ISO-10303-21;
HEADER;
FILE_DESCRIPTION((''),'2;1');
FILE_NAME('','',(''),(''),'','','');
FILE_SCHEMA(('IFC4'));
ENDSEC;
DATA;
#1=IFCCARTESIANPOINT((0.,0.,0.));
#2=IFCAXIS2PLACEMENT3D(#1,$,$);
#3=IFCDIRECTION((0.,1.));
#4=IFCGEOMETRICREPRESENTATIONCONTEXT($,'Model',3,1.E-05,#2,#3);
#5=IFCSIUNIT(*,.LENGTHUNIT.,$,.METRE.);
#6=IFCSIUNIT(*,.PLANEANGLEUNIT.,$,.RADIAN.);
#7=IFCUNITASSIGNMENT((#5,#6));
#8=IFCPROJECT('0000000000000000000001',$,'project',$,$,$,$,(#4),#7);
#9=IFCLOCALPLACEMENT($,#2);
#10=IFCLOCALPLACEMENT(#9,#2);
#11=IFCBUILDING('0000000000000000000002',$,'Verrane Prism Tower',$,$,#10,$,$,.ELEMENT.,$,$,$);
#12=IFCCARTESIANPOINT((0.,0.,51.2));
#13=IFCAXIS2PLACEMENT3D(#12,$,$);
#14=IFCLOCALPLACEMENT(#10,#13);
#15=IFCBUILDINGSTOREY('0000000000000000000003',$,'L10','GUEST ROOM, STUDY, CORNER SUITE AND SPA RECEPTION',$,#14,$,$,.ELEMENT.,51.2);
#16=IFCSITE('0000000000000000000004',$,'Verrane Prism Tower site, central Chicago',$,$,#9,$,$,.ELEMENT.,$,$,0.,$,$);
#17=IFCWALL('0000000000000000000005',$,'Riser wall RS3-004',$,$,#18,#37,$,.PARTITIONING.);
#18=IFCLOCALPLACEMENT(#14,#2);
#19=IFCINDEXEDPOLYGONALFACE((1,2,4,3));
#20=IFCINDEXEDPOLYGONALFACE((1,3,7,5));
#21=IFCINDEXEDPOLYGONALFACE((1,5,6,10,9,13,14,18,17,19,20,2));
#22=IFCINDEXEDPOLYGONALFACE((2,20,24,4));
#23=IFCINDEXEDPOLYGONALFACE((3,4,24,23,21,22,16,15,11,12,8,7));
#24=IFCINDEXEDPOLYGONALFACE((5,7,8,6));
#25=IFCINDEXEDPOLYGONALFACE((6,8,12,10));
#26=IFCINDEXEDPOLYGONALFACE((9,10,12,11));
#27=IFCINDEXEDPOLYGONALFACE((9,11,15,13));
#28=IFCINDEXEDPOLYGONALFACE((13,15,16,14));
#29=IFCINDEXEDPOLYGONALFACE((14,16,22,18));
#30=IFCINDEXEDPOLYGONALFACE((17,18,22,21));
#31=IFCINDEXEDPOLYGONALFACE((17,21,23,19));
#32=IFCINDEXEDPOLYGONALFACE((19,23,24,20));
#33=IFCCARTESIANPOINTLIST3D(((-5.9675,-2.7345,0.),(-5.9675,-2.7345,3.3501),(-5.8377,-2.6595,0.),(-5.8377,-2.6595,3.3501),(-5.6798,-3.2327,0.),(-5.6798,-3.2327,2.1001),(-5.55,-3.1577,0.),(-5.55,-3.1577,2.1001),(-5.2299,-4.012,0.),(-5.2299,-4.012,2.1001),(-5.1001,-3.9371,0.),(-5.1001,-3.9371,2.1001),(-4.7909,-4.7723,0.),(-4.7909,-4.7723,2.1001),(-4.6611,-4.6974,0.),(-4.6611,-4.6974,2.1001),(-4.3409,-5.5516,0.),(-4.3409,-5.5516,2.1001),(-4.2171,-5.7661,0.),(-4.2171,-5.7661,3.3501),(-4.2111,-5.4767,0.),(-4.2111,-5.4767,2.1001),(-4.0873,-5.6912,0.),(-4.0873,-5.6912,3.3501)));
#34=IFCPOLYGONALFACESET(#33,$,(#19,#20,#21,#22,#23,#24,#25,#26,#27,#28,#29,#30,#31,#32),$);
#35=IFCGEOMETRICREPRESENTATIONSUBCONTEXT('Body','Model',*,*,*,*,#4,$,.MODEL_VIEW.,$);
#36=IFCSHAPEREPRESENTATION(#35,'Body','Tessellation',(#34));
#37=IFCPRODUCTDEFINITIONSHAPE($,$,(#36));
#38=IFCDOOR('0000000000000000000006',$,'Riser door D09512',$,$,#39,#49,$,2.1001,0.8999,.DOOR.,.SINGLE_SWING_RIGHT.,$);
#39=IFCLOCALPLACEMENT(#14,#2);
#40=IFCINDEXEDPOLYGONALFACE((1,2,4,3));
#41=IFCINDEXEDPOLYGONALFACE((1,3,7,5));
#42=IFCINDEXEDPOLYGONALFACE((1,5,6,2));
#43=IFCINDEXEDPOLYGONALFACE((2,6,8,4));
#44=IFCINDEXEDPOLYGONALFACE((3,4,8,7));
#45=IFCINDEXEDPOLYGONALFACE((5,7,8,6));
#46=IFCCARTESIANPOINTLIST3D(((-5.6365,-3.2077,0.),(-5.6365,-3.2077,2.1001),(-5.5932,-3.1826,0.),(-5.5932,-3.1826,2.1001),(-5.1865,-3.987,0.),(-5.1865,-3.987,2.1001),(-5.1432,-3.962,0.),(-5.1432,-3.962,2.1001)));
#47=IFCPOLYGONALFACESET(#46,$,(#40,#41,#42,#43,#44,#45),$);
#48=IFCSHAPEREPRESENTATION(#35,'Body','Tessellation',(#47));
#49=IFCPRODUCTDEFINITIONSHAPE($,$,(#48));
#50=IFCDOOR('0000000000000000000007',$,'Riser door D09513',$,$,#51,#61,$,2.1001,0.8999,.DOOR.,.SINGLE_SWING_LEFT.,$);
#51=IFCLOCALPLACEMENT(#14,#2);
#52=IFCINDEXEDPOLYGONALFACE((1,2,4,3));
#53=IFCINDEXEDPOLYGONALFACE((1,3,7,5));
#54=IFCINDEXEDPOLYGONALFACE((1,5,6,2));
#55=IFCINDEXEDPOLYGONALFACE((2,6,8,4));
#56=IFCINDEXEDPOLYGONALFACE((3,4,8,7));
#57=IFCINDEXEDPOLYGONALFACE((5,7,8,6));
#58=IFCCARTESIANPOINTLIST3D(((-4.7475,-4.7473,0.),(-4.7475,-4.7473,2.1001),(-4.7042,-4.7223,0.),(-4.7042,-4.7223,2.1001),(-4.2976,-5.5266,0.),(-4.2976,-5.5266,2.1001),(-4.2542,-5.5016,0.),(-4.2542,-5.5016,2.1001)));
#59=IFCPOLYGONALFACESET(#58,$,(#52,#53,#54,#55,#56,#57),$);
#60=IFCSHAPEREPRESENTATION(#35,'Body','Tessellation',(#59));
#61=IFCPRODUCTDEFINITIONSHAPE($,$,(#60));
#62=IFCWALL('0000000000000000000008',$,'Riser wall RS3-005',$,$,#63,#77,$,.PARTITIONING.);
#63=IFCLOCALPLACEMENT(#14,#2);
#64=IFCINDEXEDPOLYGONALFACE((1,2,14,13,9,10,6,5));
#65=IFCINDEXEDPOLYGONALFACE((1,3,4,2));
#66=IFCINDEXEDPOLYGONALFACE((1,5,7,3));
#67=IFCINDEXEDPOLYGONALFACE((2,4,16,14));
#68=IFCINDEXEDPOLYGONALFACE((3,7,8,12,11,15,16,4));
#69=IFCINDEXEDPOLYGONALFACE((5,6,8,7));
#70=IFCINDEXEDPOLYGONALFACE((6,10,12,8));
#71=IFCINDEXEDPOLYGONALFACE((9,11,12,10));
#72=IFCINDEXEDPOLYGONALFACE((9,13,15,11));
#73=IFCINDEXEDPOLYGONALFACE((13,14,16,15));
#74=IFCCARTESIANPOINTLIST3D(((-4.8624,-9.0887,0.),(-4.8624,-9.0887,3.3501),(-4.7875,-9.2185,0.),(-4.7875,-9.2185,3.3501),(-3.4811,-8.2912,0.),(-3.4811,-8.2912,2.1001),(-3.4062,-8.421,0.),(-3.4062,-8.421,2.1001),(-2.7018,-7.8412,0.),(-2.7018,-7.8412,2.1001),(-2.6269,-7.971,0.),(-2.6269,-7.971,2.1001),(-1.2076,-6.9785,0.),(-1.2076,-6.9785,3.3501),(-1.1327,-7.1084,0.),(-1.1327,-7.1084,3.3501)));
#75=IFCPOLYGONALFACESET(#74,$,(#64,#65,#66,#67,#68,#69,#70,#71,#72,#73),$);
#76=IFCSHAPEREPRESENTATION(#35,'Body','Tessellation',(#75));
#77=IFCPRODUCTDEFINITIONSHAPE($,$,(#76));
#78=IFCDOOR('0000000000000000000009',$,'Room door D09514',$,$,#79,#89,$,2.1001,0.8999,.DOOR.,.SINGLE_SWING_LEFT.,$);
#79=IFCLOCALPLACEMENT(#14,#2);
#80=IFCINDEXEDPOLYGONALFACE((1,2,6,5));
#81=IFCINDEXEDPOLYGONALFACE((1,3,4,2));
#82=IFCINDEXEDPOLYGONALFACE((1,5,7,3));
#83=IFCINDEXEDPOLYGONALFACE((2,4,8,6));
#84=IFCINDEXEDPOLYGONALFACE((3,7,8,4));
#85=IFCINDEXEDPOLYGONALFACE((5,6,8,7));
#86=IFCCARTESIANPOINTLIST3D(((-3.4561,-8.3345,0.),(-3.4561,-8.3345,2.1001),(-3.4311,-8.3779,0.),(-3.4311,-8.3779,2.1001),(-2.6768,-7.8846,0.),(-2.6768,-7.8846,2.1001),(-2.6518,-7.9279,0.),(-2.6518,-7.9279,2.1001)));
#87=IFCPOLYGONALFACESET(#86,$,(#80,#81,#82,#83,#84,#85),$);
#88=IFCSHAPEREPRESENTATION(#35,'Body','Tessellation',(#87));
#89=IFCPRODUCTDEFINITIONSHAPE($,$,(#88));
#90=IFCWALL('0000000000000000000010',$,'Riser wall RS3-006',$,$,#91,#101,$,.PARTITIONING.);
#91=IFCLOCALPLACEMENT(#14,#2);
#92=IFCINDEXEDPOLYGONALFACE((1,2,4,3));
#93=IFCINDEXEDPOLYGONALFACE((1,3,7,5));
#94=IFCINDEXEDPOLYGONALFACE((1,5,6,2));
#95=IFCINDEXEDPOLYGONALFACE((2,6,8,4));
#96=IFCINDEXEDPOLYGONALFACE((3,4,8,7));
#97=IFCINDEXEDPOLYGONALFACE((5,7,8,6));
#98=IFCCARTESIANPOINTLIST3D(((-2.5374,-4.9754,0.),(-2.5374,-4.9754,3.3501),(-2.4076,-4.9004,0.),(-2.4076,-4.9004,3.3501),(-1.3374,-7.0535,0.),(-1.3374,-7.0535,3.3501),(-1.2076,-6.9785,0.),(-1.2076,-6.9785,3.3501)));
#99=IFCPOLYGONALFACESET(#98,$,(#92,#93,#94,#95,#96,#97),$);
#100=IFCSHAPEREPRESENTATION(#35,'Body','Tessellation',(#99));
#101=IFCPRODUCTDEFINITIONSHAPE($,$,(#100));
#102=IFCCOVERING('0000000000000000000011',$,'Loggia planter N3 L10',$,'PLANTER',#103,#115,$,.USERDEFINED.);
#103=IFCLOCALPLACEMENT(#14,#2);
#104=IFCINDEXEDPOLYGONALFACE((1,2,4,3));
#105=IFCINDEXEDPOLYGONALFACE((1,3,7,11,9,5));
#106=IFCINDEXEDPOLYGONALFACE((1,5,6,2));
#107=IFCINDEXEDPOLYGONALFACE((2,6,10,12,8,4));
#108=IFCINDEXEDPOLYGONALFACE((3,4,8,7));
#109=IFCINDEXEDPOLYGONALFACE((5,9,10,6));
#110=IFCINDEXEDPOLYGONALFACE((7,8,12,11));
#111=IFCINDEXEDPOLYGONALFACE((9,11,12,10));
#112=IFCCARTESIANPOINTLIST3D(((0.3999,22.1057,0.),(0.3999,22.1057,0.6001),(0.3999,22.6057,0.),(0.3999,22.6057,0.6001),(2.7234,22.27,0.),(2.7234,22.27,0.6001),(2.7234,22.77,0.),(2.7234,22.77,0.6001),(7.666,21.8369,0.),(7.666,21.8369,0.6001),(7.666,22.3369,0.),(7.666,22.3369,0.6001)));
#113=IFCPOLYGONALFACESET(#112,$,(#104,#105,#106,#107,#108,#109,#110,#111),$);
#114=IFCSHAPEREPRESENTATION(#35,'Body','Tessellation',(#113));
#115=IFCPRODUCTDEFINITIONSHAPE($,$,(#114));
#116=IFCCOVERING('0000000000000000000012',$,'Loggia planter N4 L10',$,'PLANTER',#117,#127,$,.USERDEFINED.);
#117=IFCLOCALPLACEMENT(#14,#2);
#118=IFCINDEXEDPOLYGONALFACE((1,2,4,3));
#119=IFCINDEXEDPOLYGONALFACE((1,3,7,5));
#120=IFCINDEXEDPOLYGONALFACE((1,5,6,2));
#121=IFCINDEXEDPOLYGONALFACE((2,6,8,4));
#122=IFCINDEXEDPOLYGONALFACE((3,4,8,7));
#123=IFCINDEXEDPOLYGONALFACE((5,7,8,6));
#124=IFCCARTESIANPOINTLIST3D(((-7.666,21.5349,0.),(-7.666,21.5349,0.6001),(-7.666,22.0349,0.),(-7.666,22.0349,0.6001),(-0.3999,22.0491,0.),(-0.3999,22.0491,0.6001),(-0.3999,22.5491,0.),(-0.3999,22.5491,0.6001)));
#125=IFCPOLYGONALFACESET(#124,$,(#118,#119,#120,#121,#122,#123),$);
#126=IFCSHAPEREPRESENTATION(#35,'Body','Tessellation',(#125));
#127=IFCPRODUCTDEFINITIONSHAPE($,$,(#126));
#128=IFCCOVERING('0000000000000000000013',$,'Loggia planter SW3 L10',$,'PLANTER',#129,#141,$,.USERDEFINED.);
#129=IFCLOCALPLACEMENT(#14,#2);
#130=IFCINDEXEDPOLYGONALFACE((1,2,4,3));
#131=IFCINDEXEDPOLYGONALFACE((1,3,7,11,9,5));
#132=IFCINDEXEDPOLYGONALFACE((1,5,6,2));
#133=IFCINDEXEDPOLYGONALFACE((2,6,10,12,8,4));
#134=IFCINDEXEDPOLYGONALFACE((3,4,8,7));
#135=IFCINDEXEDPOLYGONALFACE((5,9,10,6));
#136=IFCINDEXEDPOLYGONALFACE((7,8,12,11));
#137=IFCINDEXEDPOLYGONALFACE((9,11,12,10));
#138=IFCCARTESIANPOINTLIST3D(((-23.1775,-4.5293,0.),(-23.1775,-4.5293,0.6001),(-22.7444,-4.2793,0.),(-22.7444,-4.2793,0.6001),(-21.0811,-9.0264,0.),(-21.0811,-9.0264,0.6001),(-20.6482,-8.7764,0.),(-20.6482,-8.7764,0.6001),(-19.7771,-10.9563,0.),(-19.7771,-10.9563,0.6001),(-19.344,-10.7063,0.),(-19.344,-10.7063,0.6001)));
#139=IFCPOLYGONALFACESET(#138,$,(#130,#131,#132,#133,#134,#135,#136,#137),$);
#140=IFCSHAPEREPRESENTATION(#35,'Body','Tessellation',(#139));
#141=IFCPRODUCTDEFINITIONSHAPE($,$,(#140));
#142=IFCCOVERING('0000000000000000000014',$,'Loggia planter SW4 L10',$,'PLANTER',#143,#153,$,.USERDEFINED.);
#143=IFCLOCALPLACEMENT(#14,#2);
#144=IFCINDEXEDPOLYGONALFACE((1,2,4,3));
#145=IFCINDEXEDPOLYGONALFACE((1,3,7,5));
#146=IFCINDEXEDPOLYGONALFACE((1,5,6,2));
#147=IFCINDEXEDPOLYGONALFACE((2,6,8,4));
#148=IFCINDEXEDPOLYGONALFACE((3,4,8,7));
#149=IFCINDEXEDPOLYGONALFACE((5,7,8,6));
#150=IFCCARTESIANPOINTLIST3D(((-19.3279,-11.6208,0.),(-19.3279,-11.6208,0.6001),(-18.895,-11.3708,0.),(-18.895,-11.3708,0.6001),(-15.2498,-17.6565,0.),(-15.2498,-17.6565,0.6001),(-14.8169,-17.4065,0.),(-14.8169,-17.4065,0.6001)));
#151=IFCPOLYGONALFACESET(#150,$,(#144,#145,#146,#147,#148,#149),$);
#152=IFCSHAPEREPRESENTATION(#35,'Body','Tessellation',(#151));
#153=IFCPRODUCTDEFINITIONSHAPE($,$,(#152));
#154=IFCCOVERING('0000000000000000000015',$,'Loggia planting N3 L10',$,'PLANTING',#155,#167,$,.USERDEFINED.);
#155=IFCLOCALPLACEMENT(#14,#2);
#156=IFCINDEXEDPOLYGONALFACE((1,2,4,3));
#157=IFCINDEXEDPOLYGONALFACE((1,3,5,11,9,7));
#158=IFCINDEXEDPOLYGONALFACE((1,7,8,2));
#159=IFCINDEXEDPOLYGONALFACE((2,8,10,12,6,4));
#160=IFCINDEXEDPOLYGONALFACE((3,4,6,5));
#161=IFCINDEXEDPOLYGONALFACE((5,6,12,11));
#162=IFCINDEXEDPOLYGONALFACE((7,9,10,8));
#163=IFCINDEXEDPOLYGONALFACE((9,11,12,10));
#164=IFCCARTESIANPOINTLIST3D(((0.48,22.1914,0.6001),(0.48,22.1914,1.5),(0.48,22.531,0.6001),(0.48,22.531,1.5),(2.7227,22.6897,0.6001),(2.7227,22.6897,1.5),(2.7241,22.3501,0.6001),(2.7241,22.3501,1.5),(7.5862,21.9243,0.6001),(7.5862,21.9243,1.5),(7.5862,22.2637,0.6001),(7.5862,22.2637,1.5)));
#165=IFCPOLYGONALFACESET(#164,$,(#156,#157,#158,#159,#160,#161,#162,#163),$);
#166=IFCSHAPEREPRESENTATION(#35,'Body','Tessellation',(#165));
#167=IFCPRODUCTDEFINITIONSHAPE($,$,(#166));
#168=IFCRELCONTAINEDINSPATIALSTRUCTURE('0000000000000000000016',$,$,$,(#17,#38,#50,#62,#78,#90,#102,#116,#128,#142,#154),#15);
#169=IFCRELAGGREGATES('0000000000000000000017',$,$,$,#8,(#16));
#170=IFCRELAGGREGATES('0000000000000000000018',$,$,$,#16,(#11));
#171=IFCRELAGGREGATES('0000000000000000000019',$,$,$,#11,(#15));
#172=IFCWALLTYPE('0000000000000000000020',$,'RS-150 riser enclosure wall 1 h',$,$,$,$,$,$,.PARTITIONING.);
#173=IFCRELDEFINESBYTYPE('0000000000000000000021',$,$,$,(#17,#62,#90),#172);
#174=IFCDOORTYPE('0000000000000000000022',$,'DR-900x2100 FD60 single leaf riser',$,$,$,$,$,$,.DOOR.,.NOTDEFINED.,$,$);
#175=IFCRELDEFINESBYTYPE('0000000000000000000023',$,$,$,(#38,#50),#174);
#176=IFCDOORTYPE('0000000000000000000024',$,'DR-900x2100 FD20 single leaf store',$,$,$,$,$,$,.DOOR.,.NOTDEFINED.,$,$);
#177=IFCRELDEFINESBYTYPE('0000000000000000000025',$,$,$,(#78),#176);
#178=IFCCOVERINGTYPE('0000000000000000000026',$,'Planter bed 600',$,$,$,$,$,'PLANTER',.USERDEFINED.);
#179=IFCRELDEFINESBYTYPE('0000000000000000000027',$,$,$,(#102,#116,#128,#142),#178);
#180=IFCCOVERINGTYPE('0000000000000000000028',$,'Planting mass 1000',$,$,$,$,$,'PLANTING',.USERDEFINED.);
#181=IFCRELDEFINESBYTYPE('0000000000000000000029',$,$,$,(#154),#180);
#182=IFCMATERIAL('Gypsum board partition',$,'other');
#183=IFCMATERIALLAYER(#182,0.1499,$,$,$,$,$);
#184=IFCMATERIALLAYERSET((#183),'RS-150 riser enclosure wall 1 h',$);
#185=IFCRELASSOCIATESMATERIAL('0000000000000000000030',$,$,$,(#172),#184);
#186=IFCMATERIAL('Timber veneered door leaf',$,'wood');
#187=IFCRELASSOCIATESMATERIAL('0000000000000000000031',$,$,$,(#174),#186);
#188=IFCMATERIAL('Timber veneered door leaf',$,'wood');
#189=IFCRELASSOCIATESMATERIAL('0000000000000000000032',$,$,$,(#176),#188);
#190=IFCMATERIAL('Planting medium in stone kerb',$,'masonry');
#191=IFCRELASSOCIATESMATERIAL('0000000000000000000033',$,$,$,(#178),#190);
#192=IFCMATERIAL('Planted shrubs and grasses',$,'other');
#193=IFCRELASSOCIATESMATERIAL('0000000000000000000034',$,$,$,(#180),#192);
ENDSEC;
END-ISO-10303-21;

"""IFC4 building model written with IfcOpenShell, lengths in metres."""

from ifc_helpers import new_model, si_unit, direction, frame, frame_2d, origin, place, context, subcontext, project, spatial, polyline, rectangle, outline, extrude, material, layer, layer_set, type_object, element, fill, save


model = new_model("IFC4")

# Units and contexts
model_context = context("Model", 3, precision=1e-05, world=origin(), true_north=direction((0.0, 1.0)))
body_context = subcontext(model_context, "Body", "Model", "MODEL_VIEW")
ifc_project = project(units=[si_unit("LENGTHUNIT", "METRE"), si_unit("PLANEANGLEUNIT", "RADIAN")], contexts=[model_context])

# Site, building, storey
site_placement = place(None, origin())
site = spatial("IfcSite", under=ifc_project, at=site_placement, Name="Verrane Prism Tower site, central Chicago", CompositionType="ELEMENT", RefElevation=0.0)
building_placement = place(site_placement, origin())
building = spatial("IfcBuilding", under=site, at=building_placement, Name="Verrane Prism Tower", CompositionType="ELEMENT")
storey_placement = place(building_placement, frame((0.0, 0.0, 51.2)))
storey = spatial("IfcBuildingStorey", under=building, at=storey_placement, Name="L10", Description="GUEST ROOM, STUDY, CORNER SUITE AND SPA RECEPTION", CompositionType="ELEMENT", Elevation=51.2)

# Shared definitions
ifc_material_1 = material(Name="Gypsum board partition", Category="other")
ifc_layer_1 = layer(ifc_material_1, 0.1499)
ifc_layer_set_1 = layer_set([ifc_layer_1], Name="RS-150 riser enclosure wall 1 h")
wall_type_1 = type_object("IfcWallType", Name="RS-150 riser enclosure wall 1 h", PredefinedType="PARTITIONING", material=ifc_layer_set_1)

# Wall, openings, doors
wall_1_placement = place(storey_placement, frame((-4.1521, -5.7288, 0.0), z_axis=(0.0, 0.0, 1.0), x_axis=(-0.500024, 0.866011, 0.0)))
wall_1 = element("IfcWall", 1, at=wall_1_placement, inside=storey, type_object=wall_type_1, Name="Riser wall RS3-004", PredefinedType="PARTITIONING", context=body_context, shape_type="SweptSolid", body=[
    extrude(rectangle(XDim=3.5007, YDim=0.1499, at=frame_2d((1.7505, 0.0))), origin(), (0.0, 0.0, 1.0), 3.3501),
])
opening_1_placement = place(wall_1_placement, frame((2.0256, 0.0, 0.0)))
opening_1 = element("IfcOpeningElement", 2, at=opening_1_placement, cuts=wall_1, PredefinedType="OPENING", context=body_context, shape_type="SweptSolid", body=[
    extrude(rectangle(XDim=0.8999, YDim=2.1001, at=frame_2d((0.45, 1.05))), frame((0.0, 0.085, 0.0), z_axis=(0.0, -1.0, 0.0), x_axis=(1.0, 0.0, 0.0)), (0.0, 0.0, 1.0), 0.1699),
])
opening_2_placement = place(wall_1_placement, frame((0.2478, 0.0, 0.0)))
opening_2 = element("IfcOpeningElement", 3, at=opening_2_placement, cuts=wall_1, PredefinedType="OPENING", context=body_context, shape_type="SweptSolid", body=[
    extrude(rectangle(XDim=0.8999, YDim=2.1001, at=frame_2d((0.45, 1.05))), frame((0.0, 0.085, 0.0), z_axis=(0.0, -1.0, 0.0), x_axis=(1.0, 0.0, 0.0)), (0.0, 0.0, 1.0), 0.1699),
])
ifc_material_2 = material(Name="Timber veneered door leaf", Category="wood")
door_type_1 = type_object("IfcDoorType", Name="DR-900x2100 FD60 single leaf riser", OperationType="NOTDEFINED", PredefinedType="DOOR", material=ifc_material_2)
door_1_placement = place(opening_1_placement, origin())
door_1 = element("IfcDoor", 4, at=door_1_placement, inside=storey, type_object=door_type_1, Name="Riser door D09512", OperationType="SINGLE_SWING_RIGHT", OverallHeight=2.1001, OverallWidth=0.8999, PredefinedType="DOOR", context=body_context, shape_type="SweptSolid", body=[
    extrude(rectangle(XDim=0.8999, YDim=2.1001, at=frame_2d((0.45, 1.05))), frame((0.0, 0.0249, 0.0), z_axis=(0.0, -1.0, 0.0), x_axis=(1.0, 0.0, 0.0)), (0.0, 0.0, 1.0), 0.05),
])
fill(opening_1, door_1)
door_2_placement = place(opening_2_placement, origin())
door_2 = element("IfcDoor", 5, at=door_2_placement, inside=storey, type_object=door_type_1, Name="Riser door D09513", OperationType="SINGLE_SWING_LEFT", OverallHeight=2.1001, OverallWidth=0.8999, PredefinedType="DOOR", context=body_context, shape_type="SweptSolid", body=[
    extrude(rectangle(XDim=0.8999, YDim=2.1001, at=frame_2d((0.45, 1.05))), frame((0.0, 0.0249, 0.0), z_axis=(0.0, -1.0, 0.0), x_axis=(1.0, 0.0, 0.0)), (0.0, 0.0, 1.0), 0.05),
])
fill(opening_2, door_2)

# Wall, opening, door
wall_2_placement = place(storey_placement, frame((-4.825, -9.1536, 0.0), z_axis=(0.0, 0.0, 1.0), x_axis=(0.866024, 0.500003, 0.0)))
wall_2 = element("IfcWall", 6, at=wall_2_placement, inside=storey, type_object=wall_type_1, Name="Riser wall RS3-005", PredefinedType="PARTITIONING", context=body_context, shape_type="SweptSolid", body=[
    extrude(rectangle(XDim=4.2202, YDim=0.1499, at=frame_2d((2.1101, 0.0))), origin(), (0.0, 0.0, 1.0), 3.3501),
])
opening_3_placement = place(wall_2_placement, frame((1.595, 0.0, 0.0)))
opening_3 = element("IfcOpeningElement", 7, at=opening_3_placement, cuts=wall_2, PredefinedType="OPENING", context=body_context, shape_type="SweptSolid", body=[
    extrude(rectangle(XDim=0.8999, YDim=2.1001, at=frame_2d((0.45, 1.05))), frame((0.0, 0.085, 0.0), z_axis=(0.0, -1.0, 0.0), x_axis=(1.0, 0.0, 0.0)), (0.0, 0.0, 1.0), 0.1699),
])
ifc_material_3 = material(Name="Timber veneered door leaf", Category="wood")
door_type_2 = type_object("IfcDoorType", Name="DR-900x2100 FD20 single leaf store", OperationType="NOTDEFINED", PredefinedType="DOOR", material=ifc_material_3)
door_3_placement = place(opening_3_placement, origin())
door_3 = element("IfcDoor", 8, at=door_3_placement, inside=storey, type_object=door_type_2, Name="Room door D09514", OperationType="SINGLE_SWING_LEFT", OverallHeight=2.1001, OverallWidth=0.8999, PredefinedType="DOOR", context=body_context, shape_type="SweptSolid", body=[
    extrude(rectangle(XDim=0.8999, YDim=2.1001, at=frame_2d((0.45, 1.05))), frame((0.0, 0.0249, 0.0), z_axis=(0.0, -1.0, 0.0), x_axis=(1.0, 0.0, 0.0)), (0.0, 0.0, 1.0), 0.05),
])
fill(opening_3, door_3)

# Wall
wall_3_placement = place(storey_placement, frame((-2.4724, -4.938, 0.0), z_axis=(0.0, 0.0, 1.0), x_axis=(0.500045, -0.865999, 0.0)))
element("IfcWall", 9, at=wall_3_placement, inside=storey, type_object=wall_type_1, Name="Riser wall RS3-006", PredefinedType="PARTITIONING", context=body_context, shape_type="SweptSolid", body=[
    extrude(rectangle(XDim=2.3997, YDim=0.1499, at=frame_2d((1.1997, 0.0))), origin(), (0.0, 0.0, 1.0), 3.3501),
])

# Coverings
ifc_material_4 = material(Name="Planting medium in stone kerb", Category="masonry")
covering_type_1 = type_object("IfcCoveringType", Name="Planter bed 600", ElementType="PLANTER", PredefinedType="USERDEFINED", material=ifc_material_4)
covering_1_placement = place(storey_placement, origin())
element("IfcCovering", 10, at=covering_1_placement, inside=storey, type_object=covering_type_1, Name="Loggia planter N3 L10", ObjectType="PLANTER", PredefinedType="USERDEFINED", context=body_context, shape_type="SweptSolid", body=[
    extrude(outline(polyline([(7.666, 22.3369), (2.7234, 22.77), (0.3999, 22.6057), (0.3999, 22.1057), (2.7234, 22.27), (7.666, 21.8369), (7.666, 22.3369)])), origin(), (0.0, 0.0, 1.0), 0.6001),
])
covering_2_placement = place(storey_placement, origin())
element("IfcCovering", 11, at=covering_2_placement, inside=storey, type_object=covering_type_1, Name="Loggia planter N4 L10", ObjectType="PLANTER", PredefinedType="USERDEFINED", context=body_context, shape_type="SweptSolid", body=[
    extrude(outline(polyline([(-0.3999, 22.5491), (-7.666, 22.0349), (-7.666, 21.5349), (-0.3999, 22.0491), (-0.3999, 22.5491)])), origin(), (0.0, 0.0, 1.0), 0.6001),
])
covering_3_placement = place(storey_placement, origin())
element("IfcCovering", 12, at=covering_3_placement, inside=storey, type_object=covering_type_1, Name="Loggia planter SW3 L10", ObjectType="PLANTER", PredefinedType="USERDEFINED", context=body_context, shape_type="SweptSolid", body=[
    extrude(outline(polyline([(-23.1775, -4.5293), (-21.0811, -9.0264), (-19.7771, -10.9563), (-19.344, -10.7063), (-20.6482, -8.7764), (-22.7444, -4.2793), (-23.1775, -4.5293)])), origin(), (0.0, 0.0, 1.0), 0.6001),
])
covering_4_placement = place(storey_placement, origin())
element("IfcCovering", 13, at=covering_4_placement, inside=storey, type_object=covering_type_1, Name="Loggia planter SW4 L10", ObjectType="PLANTER", PredefinedType="USERDEFINED", context=body_context, shape_type="SweptSolid", body=[
    extrude(outline(polyline([(-19.3279, -11.6208), (-15.2498, -17.6565), (-14.8169, -17.4065), (-18.895, -11.3708), (-19.3279, -11.6208)])), origin(), (0.0, 0.0, 1.0), 0.6001),
])
ifc_material_5 = material(Name="Planted shrubs and grasses", Category="other")
covering_type_2 = type_object("IfcCoveringType", Name="Planting mass 1000", ElementType="PLANTING", PredefinedType="USERDEFINED", material=ifc_material_5)
covering_5_placement = place(storey_placement, frame((0.0, 0.0, 0.6001)))
element("IfcCovering", 14, at=covering_5_placement, inside=storey, type_object=covering_type_2, Name="Loggia planting N3 L10", ObjectType="PLANTING", PredefinedType="USERDEFINED", context=body_context, shape_type="SweptSolid", body=[
    extrude(outline(polyline([(2.7227, 22.6897), (0.48, 22.531), (0.48, 22.1914), (2.7241, 22.3501), (7.5862, 21.9243), (7.5862, 22.2637), (2.7227, 22.6897)])), origin(), (0.0, 0.0, 1.0), 0.8999),
])

save(model, "model.ifc")
